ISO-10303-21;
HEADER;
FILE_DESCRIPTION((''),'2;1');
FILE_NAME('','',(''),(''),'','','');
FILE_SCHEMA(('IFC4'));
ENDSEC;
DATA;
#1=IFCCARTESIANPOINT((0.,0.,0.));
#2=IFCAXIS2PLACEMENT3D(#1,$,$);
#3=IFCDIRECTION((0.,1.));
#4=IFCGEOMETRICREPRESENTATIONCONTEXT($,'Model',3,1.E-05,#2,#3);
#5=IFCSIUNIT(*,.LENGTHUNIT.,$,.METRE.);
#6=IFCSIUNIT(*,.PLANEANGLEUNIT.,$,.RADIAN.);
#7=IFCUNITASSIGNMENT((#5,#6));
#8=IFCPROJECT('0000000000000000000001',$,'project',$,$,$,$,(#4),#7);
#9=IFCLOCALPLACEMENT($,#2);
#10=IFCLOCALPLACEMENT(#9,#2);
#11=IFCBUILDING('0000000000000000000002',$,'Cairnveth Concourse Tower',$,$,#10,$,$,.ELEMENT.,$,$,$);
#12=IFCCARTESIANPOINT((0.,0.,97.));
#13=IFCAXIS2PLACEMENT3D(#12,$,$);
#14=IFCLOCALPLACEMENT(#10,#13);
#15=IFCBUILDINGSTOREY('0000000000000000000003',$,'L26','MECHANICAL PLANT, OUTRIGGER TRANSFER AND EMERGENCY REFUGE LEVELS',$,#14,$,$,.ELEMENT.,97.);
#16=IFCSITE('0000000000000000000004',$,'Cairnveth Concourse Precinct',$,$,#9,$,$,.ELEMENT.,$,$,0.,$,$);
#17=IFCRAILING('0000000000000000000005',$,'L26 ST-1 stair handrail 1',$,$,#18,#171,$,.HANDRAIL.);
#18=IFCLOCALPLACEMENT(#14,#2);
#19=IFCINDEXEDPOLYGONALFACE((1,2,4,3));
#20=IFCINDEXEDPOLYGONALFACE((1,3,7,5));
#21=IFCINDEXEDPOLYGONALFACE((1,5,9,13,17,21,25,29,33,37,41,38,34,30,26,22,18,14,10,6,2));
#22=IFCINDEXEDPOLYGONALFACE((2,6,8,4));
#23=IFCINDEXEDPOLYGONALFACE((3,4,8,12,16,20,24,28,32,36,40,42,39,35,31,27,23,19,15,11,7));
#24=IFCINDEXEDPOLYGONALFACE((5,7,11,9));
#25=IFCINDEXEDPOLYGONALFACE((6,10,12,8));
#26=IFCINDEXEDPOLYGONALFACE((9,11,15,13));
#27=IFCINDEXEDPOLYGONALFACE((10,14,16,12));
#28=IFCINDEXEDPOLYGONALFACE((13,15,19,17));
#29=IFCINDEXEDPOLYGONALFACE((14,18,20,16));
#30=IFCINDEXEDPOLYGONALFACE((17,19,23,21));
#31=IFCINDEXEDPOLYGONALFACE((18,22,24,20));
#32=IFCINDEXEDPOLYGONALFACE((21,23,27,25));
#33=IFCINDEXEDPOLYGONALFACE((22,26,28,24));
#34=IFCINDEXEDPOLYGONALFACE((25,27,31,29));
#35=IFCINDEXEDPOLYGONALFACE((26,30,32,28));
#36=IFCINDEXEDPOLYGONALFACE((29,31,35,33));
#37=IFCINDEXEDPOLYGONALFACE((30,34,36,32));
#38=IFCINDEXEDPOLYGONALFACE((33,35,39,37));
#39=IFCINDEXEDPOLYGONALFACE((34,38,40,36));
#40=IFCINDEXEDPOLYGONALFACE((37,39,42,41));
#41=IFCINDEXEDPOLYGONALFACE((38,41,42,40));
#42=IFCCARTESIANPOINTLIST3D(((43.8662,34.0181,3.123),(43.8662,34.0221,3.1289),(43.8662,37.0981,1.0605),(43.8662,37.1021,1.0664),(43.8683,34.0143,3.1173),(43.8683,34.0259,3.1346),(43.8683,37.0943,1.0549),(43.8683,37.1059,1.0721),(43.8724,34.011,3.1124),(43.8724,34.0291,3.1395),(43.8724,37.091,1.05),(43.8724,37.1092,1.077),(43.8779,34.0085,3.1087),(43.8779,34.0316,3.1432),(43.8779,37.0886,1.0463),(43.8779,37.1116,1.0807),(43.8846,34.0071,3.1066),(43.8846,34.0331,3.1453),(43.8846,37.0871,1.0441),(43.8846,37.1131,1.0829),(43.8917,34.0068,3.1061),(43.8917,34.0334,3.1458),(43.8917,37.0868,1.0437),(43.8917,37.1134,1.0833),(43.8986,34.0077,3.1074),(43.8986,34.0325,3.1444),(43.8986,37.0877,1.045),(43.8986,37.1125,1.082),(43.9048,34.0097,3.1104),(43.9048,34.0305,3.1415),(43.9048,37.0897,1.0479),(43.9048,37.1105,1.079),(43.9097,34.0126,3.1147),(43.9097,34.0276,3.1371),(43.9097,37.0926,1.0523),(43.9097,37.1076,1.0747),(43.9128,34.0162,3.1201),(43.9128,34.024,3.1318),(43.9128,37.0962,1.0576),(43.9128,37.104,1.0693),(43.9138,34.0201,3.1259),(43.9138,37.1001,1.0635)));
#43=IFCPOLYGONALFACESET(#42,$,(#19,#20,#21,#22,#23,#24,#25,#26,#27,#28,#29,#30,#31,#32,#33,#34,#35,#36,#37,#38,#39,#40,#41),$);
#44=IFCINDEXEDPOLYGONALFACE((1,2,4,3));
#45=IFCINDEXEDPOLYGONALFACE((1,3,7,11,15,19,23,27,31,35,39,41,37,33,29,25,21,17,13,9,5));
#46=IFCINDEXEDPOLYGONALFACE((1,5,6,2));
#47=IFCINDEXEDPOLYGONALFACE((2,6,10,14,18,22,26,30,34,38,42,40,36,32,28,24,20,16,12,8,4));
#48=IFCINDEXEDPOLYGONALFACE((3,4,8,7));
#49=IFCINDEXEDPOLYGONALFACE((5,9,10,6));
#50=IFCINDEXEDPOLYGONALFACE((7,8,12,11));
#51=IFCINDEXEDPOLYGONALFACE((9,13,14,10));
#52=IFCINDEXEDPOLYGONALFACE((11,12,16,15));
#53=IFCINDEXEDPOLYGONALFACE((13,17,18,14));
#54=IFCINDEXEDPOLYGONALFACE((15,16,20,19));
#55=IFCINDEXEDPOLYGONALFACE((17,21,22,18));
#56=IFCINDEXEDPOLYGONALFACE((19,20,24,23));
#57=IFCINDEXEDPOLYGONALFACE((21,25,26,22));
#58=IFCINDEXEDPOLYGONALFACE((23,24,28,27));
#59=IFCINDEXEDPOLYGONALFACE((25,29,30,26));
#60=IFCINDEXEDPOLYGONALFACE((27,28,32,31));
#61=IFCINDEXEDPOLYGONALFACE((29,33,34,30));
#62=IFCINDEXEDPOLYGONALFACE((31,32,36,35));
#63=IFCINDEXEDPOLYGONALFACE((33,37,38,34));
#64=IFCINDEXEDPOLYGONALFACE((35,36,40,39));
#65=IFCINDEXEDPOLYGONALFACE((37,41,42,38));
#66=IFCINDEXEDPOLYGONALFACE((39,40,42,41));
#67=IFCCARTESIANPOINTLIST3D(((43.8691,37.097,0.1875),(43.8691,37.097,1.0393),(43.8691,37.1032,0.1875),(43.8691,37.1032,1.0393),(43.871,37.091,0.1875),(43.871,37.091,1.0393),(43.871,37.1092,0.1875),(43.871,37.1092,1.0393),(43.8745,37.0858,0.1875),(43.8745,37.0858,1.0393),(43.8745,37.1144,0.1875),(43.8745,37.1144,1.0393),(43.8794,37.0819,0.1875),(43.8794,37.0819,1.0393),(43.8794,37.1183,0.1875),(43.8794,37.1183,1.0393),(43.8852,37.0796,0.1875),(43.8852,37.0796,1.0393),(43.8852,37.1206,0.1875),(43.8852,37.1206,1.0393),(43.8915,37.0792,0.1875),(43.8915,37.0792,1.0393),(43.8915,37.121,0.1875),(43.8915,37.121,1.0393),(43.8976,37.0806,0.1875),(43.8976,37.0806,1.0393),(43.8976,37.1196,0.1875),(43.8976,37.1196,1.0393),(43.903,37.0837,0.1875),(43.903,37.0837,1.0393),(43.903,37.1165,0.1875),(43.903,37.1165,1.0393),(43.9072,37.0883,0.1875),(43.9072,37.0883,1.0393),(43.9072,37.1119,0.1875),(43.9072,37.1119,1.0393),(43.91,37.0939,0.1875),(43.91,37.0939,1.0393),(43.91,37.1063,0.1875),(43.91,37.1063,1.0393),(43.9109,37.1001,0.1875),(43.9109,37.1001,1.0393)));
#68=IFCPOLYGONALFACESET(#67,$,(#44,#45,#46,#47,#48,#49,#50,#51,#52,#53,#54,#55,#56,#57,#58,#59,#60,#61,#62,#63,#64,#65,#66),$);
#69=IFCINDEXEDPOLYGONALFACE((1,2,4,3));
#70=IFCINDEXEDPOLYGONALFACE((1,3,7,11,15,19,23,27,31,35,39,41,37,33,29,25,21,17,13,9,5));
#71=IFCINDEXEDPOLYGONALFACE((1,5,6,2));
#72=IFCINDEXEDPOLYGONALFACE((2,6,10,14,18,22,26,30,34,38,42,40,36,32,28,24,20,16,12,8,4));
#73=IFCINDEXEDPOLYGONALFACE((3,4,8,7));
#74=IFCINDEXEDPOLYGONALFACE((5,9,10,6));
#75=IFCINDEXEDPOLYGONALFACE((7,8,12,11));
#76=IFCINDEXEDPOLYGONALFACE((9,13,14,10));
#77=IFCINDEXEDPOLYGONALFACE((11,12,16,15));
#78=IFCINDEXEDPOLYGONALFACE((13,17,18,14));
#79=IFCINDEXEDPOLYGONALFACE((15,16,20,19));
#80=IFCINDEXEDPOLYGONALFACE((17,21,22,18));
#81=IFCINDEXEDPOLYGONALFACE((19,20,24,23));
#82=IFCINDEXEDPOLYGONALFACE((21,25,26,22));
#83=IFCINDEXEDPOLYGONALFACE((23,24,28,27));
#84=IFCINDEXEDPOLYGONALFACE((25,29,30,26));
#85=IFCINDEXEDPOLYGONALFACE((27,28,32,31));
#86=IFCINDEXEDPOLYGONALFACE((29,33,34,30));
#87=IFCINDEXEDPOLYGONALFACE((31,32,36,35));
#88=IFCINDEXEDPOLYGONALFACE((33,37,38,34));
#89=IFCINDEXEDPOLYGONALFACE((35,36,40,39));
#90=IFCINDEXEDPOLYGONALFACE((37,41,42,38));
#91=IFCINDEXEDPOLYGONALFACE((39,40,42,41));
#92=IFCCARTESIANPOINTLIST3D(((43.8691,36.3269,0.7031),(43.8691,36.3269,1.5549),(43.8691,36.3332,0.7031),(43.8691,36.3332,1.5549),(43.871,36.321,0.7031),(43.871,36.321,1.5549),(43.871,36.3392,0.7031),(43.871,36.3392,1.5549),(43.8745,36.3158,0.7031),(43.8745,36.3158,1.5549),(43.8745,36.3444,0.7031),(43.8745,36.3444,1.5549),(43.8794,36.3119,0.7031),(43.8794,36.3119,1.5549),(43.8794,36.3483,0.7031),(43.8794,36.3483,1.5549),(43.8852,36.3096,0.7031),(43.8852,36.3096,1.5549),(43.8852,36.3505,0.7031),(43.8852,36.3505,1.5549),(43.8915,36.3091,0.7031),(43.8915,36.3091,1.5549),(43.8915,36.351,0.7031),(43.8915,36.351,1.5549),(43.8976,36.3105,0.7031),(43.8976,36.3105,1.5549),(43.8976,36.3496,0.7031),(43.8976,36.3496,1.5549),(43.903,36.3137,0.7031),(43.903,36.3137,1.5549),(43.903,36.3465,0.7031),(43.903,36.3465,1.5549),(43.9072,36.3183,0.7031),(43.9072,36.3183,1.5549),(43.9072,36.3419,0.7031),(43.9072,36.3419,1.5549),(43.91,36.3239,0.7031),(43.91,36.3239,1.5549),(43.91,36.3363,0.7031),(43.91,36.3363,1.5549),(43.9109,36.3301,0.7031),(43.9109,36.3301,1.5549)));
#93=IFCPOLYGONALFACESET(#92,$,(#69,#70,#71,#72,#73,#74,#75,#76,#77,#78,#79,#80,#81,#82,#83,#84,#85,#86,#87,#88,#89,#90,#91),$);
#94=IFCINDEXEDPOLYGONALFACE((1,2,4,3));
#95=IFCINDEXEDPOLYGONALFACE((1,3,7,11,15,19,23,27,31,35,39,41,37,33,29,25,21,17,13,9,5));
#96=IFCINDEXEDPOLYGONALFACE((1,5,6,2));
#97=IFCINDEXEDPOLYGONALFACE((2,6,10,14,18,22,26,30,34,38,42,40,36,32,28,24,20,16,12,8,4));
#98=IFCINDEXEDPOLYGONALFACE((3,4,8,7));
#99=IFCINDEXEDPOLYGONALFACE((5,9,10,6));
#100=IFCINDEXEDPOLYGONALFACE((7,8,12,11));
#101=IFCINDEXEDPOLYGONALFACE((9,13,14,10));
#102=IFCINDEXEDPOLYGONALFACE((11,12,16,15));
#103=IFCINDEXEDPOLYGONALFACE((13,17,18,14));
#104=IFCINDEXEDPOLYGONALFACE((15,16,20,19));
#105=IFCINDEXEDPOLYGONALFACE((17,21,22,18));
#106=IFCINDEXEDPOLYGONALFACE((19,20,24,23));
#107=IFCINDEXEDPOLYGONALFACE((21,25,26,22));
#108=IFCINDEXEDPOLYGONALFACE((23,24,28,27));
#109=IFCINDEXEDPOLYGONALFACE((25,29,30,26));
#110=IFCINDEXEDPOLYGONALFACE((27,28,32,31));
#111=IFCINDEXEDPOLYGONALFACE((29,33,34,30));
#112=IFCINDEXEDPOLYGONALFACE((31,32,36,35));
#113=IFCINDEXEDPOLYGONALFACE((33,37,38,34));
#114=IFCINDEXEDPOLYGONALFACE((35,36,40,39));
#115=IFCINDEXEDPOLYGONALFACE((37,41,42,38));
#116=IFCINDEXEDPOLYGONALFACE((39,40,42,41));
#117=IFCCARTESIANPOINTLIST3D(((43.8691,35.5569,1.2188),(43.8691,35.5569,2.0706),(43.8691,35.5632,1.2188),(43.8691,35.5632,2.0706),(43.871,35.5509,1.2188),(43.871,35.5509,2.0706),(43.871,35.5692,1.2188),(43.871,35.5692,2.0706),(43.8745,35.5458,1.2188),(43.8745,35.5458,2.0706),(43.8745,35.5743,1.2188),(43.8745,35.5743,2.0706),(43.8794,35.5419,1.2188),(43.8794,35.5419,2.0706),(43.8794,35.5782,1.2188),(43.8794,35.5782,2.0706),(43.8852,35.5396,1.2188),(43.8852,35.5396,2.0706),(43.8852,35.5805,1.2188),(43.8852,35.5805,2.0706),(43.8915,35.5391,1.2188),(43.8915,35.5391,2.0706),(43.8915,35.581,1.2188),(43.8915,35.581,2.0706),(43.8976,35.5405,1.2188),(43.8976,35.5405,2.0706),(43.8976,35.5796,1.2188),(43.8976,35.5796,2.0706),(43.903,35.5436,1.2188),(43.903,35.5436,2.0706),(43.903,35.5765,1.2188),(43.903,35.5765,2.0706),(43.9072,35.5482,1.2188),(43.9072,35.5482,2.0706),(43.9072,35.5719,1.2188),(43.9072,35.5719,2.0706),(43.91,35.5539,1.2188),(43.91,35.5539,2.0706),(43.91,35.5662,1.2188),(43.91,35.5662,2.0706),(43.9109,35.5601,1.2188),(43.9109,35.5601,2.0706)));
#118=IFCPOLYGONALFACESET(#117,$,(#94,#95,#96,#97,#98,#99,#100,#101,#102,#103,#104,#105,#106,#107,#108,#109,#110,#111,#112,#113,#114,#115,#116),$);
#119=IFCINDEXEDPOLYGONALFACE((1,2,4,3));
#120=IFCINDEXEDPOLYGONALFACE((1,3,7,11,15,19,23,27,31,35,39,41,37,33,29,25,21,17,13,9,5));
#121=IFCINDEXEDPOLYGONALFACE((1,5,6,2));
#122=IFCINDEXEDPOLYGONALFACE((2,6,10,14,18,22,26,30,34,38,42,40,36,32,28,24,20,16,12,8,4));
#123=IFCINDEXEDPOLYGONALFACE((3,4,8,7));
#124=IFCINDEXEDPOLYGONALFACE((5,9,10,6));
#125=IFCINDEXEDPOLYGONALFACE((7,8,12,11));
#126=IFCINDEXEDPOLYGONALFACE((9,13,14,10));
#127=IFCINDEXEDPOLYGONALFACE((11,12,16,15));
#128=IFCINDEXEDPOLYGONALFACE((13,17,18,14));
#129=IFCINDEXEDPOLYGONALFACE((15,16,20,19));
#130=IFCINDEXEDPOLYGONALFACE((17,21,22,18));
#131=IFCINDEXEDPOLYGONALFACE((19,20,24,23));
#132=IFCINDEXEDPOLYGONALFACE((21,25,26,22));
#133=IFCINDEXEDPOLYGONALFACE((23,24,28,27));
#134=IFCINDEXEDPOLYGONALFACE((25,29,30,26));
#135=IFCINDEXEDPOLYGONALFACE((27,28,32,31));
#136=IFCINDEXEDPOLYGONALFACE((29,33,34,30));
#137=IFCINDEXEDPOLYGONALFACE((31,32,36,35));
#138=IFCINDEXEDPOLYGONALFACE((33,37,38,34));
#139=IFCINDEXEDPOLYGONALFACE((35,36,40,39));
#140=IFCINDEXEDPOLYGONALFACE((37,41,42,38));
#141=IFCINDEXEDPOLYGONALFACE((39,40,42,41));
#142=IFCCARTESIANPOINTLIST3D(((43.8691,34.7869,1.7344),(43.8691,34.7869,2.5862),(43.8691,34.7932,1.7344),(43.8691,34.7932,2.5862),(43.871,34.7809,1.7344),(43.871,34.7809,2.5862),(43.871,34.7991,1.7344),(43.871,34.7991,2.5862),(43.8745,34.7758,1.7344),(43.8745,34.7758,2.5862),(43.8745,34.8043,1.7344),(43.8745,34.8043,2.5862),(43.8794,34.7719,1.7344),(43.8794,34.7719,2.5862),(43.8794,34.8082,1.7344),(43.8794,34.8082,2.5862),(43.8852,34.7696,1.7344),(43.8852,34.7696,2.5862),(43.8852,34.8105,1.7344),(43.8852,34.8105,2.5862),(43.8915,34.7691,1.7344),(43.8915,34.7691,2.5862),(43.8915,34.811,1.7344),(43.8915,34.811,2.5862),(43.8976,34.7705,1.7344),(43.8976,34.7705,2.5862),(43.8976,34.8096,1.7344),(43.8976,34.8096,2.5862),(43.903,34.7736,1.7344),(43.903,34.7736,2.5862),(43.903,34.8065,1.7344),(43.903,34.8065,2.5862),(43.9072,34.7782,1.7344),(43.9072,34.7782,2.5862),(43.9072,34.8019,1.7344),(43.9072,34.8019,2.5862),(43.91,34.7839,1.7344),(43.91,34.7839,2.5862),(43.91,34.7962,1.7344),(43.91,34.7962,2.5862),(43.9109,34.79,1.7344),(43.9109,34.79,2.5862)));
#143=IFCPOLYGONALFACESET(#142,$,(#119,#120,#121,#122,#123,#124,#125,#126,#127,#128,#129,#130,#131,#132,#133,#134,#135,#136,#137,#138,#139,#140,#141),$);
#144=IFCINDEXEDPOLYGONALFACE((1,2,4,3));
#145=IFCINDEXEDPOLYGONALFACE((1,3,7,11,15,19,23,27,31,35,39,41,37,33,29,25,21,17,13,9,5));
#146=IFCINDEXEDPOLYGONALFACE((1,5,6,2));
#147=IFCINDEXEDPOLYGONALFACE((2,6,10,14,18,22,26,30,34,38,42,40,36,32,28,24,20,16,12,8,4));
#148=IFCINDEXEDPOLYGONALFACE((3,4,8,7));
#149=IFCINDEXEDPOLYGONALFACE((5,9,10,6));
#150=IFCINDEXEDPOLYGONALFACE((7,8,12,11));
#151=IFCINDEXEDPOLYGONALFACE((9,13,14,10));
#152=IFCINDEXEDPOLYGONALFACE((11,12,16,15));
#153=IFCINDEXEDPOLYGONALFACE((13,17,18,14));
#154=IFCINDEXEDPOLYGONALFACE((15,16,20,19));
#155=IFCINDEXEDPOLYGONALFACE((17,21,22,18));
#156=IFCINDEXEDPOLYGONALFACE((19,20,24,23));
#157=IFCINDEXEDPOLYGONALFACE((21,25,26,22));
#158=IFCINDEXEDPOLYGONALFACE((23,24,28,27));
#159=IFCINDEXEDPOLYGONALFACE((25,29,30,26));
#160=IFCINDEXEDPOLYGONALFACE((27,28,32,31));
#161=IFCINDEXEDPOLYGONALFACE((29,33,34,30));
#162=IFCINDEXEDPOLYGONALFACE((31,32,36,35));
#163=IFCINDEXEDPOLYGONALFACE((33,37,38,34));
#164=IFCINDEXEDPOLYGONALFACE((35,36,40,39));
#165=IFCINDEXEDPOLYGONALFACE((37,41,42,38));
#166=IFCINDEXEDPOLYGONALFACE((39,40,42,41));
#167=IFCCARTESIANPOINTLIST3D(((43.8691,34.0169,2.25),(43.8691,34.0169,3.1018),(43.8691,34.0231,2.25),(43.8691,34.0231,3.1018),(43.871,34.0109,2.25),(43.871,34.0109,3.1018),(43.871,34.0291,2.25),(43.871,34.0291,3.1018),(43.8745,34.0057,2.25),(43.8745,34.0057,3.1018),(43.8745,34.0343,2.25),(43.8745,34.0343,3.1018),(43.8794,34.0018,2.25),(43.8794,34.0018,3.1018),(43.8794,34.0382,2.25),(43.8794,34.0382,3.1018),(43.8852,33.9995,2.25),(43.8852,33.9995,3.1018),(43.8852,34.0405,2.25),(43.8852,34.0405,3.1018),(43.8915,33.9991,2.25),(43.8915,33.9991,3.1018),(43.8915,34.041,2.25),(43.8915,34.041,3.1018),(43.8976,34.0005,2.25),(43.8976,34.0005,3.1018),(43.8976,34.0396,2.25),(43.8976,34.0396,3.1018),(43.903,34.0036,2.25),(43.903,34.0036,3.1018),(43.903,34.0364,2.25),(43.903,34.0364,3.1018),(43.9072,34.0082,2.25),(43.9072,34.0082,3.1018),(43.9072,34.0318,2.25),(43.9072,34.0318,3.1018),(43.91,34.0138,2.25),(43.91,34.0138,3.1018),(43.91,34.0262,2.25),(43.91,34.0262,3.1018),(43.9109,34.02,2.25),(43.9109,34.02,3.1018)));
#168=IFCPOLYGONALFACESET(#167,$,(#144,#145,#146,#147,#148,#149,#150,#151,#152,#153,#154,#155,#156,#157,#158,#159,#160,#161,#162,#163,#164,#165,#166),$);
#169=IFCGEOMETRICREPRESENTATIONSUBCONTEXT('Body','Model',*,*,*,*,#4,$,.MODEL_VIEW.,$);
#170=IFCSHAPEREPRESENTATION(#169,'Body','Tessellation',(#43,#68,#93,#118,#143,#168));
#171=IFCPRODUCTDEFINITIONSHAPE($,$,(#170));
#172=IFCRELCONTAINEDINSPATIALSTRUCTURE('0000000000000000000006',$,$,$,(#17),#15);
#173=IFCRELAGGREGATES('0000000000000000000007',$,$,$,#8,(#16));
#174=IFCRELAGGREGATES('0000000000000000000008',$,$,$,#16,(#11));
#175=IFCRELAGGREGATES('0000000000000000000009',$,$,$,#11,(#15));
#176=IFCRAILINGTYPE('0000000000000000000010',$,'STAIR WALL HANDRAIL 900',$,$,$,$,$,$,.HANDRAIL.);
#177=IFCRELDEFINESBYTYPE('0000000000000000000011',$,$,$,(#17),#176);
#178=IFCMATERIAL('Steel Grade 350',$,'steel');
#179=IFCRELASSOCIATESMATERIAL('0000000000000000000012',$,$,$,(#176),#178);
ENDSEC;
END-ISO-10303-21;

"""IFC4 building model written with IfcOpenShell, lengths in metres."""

from ifc_helpers import new_model, si_unit, direction, frame, origin, origin_2d, place, context, subcontext, project, spatial, circle, extrude, material, type_object, element, save


model = new_model("IFC4")

# Units and contexts
model_context = context("Model", 3, precision=1e-05, world=origin(), true_north=direction((0.0, 1.0)))
body_context = subcontext(model_context, "Body", "Model", "MODEL_VIEW")
ifc_project = project(units=[si_unit("LENGTHUNIT", "METRE"), si_unit("PLANEANGLEUNIT", "RADIAN")], contexts=[model_context])

# Site, building, storey
site_placement = place(None, origin())
site = spatial("IfcSite", under=ifc_project, at=site_placement, Name="Cairnveth Concourse Precinct", CompositionType="ELEMENT", RefElevation=0.0)
building_placement = place(site_placement, origin())
building = spatial("IfcBuilding", under=site, at=building_placement, Name="Cairnveth Concourse Tower", CompositionType="ELEMENT")
storey_placement = place(building_placement, frame((0.0, 0.0, 97.0)))
storey = spatial("IfcBuildingStorey", under=building, at=storey_placement, Name="L26", Description="MECHANICAL PLANT, OUTRIGGER TRANSFER AND EMERGENCY REFUGE LEVELS", CompositionType="ELEMENT", Elevation=97.0)

# Shared definitions
ifc_material_1 = material(Name="Steel Grade 350", Category="steel")

# Railing
railing_type_1 = type_object("IfcRailingType", Name="STAIR WALL HANDRAIL 900", PredefinedType="HANDRAIL", material=ifc_material_1)
railing_1_placement = place(storey_placement, frame((43.8899, 37.1001, 0.1875)))
element("IfcRailing", 1, at=railing_1_placement, inside=storey, type_object=railing_type_1, Name="L26 ST-1 stair handrail 1", PredefinedType="HANDRAIL", context=body_context, shape_type="SweptSolid", body=[
    extrude(circle(Radius=0.0239, at=origin_2d()), frame((0.0, 0.0, 0.876), z_axis=(0.0, -0.830914, 0.556401), x_axis=(1.0, 0.0, 0.0)), (0.0, 0.0, 1.0), 3.7068),
    extrude(circle(Radius=0.021, at=origin_2d()), origin(), (0.0, 0.0, 1.0), 0.8518),
    extrude(circle(Radius=0.021, at=origin_2d()), frame((0.0, -0.77, 0.5156)), (0.0, 0.0, 1.0), 0.8518),
    extrude(circle(Radius=0.021, at=origin_2d()), frame((0.0, -1.54, 1.0312)), (0.0, 0.0, 1.0), 0.8518),
    extrude(circle(Radius=0.021, at=origin_2d()), frame((0.0, -2.3101, 1.5469)), (0.0, 0.0, 1.0), 0.8518),
    extrude(circle(Radius=0.021, at=origin_2d()), frame((0.0, -3.0801, 2.0625)), (0.0, 0.0, 1.0), 0.8518),
])

save(model, "model.ifc")
